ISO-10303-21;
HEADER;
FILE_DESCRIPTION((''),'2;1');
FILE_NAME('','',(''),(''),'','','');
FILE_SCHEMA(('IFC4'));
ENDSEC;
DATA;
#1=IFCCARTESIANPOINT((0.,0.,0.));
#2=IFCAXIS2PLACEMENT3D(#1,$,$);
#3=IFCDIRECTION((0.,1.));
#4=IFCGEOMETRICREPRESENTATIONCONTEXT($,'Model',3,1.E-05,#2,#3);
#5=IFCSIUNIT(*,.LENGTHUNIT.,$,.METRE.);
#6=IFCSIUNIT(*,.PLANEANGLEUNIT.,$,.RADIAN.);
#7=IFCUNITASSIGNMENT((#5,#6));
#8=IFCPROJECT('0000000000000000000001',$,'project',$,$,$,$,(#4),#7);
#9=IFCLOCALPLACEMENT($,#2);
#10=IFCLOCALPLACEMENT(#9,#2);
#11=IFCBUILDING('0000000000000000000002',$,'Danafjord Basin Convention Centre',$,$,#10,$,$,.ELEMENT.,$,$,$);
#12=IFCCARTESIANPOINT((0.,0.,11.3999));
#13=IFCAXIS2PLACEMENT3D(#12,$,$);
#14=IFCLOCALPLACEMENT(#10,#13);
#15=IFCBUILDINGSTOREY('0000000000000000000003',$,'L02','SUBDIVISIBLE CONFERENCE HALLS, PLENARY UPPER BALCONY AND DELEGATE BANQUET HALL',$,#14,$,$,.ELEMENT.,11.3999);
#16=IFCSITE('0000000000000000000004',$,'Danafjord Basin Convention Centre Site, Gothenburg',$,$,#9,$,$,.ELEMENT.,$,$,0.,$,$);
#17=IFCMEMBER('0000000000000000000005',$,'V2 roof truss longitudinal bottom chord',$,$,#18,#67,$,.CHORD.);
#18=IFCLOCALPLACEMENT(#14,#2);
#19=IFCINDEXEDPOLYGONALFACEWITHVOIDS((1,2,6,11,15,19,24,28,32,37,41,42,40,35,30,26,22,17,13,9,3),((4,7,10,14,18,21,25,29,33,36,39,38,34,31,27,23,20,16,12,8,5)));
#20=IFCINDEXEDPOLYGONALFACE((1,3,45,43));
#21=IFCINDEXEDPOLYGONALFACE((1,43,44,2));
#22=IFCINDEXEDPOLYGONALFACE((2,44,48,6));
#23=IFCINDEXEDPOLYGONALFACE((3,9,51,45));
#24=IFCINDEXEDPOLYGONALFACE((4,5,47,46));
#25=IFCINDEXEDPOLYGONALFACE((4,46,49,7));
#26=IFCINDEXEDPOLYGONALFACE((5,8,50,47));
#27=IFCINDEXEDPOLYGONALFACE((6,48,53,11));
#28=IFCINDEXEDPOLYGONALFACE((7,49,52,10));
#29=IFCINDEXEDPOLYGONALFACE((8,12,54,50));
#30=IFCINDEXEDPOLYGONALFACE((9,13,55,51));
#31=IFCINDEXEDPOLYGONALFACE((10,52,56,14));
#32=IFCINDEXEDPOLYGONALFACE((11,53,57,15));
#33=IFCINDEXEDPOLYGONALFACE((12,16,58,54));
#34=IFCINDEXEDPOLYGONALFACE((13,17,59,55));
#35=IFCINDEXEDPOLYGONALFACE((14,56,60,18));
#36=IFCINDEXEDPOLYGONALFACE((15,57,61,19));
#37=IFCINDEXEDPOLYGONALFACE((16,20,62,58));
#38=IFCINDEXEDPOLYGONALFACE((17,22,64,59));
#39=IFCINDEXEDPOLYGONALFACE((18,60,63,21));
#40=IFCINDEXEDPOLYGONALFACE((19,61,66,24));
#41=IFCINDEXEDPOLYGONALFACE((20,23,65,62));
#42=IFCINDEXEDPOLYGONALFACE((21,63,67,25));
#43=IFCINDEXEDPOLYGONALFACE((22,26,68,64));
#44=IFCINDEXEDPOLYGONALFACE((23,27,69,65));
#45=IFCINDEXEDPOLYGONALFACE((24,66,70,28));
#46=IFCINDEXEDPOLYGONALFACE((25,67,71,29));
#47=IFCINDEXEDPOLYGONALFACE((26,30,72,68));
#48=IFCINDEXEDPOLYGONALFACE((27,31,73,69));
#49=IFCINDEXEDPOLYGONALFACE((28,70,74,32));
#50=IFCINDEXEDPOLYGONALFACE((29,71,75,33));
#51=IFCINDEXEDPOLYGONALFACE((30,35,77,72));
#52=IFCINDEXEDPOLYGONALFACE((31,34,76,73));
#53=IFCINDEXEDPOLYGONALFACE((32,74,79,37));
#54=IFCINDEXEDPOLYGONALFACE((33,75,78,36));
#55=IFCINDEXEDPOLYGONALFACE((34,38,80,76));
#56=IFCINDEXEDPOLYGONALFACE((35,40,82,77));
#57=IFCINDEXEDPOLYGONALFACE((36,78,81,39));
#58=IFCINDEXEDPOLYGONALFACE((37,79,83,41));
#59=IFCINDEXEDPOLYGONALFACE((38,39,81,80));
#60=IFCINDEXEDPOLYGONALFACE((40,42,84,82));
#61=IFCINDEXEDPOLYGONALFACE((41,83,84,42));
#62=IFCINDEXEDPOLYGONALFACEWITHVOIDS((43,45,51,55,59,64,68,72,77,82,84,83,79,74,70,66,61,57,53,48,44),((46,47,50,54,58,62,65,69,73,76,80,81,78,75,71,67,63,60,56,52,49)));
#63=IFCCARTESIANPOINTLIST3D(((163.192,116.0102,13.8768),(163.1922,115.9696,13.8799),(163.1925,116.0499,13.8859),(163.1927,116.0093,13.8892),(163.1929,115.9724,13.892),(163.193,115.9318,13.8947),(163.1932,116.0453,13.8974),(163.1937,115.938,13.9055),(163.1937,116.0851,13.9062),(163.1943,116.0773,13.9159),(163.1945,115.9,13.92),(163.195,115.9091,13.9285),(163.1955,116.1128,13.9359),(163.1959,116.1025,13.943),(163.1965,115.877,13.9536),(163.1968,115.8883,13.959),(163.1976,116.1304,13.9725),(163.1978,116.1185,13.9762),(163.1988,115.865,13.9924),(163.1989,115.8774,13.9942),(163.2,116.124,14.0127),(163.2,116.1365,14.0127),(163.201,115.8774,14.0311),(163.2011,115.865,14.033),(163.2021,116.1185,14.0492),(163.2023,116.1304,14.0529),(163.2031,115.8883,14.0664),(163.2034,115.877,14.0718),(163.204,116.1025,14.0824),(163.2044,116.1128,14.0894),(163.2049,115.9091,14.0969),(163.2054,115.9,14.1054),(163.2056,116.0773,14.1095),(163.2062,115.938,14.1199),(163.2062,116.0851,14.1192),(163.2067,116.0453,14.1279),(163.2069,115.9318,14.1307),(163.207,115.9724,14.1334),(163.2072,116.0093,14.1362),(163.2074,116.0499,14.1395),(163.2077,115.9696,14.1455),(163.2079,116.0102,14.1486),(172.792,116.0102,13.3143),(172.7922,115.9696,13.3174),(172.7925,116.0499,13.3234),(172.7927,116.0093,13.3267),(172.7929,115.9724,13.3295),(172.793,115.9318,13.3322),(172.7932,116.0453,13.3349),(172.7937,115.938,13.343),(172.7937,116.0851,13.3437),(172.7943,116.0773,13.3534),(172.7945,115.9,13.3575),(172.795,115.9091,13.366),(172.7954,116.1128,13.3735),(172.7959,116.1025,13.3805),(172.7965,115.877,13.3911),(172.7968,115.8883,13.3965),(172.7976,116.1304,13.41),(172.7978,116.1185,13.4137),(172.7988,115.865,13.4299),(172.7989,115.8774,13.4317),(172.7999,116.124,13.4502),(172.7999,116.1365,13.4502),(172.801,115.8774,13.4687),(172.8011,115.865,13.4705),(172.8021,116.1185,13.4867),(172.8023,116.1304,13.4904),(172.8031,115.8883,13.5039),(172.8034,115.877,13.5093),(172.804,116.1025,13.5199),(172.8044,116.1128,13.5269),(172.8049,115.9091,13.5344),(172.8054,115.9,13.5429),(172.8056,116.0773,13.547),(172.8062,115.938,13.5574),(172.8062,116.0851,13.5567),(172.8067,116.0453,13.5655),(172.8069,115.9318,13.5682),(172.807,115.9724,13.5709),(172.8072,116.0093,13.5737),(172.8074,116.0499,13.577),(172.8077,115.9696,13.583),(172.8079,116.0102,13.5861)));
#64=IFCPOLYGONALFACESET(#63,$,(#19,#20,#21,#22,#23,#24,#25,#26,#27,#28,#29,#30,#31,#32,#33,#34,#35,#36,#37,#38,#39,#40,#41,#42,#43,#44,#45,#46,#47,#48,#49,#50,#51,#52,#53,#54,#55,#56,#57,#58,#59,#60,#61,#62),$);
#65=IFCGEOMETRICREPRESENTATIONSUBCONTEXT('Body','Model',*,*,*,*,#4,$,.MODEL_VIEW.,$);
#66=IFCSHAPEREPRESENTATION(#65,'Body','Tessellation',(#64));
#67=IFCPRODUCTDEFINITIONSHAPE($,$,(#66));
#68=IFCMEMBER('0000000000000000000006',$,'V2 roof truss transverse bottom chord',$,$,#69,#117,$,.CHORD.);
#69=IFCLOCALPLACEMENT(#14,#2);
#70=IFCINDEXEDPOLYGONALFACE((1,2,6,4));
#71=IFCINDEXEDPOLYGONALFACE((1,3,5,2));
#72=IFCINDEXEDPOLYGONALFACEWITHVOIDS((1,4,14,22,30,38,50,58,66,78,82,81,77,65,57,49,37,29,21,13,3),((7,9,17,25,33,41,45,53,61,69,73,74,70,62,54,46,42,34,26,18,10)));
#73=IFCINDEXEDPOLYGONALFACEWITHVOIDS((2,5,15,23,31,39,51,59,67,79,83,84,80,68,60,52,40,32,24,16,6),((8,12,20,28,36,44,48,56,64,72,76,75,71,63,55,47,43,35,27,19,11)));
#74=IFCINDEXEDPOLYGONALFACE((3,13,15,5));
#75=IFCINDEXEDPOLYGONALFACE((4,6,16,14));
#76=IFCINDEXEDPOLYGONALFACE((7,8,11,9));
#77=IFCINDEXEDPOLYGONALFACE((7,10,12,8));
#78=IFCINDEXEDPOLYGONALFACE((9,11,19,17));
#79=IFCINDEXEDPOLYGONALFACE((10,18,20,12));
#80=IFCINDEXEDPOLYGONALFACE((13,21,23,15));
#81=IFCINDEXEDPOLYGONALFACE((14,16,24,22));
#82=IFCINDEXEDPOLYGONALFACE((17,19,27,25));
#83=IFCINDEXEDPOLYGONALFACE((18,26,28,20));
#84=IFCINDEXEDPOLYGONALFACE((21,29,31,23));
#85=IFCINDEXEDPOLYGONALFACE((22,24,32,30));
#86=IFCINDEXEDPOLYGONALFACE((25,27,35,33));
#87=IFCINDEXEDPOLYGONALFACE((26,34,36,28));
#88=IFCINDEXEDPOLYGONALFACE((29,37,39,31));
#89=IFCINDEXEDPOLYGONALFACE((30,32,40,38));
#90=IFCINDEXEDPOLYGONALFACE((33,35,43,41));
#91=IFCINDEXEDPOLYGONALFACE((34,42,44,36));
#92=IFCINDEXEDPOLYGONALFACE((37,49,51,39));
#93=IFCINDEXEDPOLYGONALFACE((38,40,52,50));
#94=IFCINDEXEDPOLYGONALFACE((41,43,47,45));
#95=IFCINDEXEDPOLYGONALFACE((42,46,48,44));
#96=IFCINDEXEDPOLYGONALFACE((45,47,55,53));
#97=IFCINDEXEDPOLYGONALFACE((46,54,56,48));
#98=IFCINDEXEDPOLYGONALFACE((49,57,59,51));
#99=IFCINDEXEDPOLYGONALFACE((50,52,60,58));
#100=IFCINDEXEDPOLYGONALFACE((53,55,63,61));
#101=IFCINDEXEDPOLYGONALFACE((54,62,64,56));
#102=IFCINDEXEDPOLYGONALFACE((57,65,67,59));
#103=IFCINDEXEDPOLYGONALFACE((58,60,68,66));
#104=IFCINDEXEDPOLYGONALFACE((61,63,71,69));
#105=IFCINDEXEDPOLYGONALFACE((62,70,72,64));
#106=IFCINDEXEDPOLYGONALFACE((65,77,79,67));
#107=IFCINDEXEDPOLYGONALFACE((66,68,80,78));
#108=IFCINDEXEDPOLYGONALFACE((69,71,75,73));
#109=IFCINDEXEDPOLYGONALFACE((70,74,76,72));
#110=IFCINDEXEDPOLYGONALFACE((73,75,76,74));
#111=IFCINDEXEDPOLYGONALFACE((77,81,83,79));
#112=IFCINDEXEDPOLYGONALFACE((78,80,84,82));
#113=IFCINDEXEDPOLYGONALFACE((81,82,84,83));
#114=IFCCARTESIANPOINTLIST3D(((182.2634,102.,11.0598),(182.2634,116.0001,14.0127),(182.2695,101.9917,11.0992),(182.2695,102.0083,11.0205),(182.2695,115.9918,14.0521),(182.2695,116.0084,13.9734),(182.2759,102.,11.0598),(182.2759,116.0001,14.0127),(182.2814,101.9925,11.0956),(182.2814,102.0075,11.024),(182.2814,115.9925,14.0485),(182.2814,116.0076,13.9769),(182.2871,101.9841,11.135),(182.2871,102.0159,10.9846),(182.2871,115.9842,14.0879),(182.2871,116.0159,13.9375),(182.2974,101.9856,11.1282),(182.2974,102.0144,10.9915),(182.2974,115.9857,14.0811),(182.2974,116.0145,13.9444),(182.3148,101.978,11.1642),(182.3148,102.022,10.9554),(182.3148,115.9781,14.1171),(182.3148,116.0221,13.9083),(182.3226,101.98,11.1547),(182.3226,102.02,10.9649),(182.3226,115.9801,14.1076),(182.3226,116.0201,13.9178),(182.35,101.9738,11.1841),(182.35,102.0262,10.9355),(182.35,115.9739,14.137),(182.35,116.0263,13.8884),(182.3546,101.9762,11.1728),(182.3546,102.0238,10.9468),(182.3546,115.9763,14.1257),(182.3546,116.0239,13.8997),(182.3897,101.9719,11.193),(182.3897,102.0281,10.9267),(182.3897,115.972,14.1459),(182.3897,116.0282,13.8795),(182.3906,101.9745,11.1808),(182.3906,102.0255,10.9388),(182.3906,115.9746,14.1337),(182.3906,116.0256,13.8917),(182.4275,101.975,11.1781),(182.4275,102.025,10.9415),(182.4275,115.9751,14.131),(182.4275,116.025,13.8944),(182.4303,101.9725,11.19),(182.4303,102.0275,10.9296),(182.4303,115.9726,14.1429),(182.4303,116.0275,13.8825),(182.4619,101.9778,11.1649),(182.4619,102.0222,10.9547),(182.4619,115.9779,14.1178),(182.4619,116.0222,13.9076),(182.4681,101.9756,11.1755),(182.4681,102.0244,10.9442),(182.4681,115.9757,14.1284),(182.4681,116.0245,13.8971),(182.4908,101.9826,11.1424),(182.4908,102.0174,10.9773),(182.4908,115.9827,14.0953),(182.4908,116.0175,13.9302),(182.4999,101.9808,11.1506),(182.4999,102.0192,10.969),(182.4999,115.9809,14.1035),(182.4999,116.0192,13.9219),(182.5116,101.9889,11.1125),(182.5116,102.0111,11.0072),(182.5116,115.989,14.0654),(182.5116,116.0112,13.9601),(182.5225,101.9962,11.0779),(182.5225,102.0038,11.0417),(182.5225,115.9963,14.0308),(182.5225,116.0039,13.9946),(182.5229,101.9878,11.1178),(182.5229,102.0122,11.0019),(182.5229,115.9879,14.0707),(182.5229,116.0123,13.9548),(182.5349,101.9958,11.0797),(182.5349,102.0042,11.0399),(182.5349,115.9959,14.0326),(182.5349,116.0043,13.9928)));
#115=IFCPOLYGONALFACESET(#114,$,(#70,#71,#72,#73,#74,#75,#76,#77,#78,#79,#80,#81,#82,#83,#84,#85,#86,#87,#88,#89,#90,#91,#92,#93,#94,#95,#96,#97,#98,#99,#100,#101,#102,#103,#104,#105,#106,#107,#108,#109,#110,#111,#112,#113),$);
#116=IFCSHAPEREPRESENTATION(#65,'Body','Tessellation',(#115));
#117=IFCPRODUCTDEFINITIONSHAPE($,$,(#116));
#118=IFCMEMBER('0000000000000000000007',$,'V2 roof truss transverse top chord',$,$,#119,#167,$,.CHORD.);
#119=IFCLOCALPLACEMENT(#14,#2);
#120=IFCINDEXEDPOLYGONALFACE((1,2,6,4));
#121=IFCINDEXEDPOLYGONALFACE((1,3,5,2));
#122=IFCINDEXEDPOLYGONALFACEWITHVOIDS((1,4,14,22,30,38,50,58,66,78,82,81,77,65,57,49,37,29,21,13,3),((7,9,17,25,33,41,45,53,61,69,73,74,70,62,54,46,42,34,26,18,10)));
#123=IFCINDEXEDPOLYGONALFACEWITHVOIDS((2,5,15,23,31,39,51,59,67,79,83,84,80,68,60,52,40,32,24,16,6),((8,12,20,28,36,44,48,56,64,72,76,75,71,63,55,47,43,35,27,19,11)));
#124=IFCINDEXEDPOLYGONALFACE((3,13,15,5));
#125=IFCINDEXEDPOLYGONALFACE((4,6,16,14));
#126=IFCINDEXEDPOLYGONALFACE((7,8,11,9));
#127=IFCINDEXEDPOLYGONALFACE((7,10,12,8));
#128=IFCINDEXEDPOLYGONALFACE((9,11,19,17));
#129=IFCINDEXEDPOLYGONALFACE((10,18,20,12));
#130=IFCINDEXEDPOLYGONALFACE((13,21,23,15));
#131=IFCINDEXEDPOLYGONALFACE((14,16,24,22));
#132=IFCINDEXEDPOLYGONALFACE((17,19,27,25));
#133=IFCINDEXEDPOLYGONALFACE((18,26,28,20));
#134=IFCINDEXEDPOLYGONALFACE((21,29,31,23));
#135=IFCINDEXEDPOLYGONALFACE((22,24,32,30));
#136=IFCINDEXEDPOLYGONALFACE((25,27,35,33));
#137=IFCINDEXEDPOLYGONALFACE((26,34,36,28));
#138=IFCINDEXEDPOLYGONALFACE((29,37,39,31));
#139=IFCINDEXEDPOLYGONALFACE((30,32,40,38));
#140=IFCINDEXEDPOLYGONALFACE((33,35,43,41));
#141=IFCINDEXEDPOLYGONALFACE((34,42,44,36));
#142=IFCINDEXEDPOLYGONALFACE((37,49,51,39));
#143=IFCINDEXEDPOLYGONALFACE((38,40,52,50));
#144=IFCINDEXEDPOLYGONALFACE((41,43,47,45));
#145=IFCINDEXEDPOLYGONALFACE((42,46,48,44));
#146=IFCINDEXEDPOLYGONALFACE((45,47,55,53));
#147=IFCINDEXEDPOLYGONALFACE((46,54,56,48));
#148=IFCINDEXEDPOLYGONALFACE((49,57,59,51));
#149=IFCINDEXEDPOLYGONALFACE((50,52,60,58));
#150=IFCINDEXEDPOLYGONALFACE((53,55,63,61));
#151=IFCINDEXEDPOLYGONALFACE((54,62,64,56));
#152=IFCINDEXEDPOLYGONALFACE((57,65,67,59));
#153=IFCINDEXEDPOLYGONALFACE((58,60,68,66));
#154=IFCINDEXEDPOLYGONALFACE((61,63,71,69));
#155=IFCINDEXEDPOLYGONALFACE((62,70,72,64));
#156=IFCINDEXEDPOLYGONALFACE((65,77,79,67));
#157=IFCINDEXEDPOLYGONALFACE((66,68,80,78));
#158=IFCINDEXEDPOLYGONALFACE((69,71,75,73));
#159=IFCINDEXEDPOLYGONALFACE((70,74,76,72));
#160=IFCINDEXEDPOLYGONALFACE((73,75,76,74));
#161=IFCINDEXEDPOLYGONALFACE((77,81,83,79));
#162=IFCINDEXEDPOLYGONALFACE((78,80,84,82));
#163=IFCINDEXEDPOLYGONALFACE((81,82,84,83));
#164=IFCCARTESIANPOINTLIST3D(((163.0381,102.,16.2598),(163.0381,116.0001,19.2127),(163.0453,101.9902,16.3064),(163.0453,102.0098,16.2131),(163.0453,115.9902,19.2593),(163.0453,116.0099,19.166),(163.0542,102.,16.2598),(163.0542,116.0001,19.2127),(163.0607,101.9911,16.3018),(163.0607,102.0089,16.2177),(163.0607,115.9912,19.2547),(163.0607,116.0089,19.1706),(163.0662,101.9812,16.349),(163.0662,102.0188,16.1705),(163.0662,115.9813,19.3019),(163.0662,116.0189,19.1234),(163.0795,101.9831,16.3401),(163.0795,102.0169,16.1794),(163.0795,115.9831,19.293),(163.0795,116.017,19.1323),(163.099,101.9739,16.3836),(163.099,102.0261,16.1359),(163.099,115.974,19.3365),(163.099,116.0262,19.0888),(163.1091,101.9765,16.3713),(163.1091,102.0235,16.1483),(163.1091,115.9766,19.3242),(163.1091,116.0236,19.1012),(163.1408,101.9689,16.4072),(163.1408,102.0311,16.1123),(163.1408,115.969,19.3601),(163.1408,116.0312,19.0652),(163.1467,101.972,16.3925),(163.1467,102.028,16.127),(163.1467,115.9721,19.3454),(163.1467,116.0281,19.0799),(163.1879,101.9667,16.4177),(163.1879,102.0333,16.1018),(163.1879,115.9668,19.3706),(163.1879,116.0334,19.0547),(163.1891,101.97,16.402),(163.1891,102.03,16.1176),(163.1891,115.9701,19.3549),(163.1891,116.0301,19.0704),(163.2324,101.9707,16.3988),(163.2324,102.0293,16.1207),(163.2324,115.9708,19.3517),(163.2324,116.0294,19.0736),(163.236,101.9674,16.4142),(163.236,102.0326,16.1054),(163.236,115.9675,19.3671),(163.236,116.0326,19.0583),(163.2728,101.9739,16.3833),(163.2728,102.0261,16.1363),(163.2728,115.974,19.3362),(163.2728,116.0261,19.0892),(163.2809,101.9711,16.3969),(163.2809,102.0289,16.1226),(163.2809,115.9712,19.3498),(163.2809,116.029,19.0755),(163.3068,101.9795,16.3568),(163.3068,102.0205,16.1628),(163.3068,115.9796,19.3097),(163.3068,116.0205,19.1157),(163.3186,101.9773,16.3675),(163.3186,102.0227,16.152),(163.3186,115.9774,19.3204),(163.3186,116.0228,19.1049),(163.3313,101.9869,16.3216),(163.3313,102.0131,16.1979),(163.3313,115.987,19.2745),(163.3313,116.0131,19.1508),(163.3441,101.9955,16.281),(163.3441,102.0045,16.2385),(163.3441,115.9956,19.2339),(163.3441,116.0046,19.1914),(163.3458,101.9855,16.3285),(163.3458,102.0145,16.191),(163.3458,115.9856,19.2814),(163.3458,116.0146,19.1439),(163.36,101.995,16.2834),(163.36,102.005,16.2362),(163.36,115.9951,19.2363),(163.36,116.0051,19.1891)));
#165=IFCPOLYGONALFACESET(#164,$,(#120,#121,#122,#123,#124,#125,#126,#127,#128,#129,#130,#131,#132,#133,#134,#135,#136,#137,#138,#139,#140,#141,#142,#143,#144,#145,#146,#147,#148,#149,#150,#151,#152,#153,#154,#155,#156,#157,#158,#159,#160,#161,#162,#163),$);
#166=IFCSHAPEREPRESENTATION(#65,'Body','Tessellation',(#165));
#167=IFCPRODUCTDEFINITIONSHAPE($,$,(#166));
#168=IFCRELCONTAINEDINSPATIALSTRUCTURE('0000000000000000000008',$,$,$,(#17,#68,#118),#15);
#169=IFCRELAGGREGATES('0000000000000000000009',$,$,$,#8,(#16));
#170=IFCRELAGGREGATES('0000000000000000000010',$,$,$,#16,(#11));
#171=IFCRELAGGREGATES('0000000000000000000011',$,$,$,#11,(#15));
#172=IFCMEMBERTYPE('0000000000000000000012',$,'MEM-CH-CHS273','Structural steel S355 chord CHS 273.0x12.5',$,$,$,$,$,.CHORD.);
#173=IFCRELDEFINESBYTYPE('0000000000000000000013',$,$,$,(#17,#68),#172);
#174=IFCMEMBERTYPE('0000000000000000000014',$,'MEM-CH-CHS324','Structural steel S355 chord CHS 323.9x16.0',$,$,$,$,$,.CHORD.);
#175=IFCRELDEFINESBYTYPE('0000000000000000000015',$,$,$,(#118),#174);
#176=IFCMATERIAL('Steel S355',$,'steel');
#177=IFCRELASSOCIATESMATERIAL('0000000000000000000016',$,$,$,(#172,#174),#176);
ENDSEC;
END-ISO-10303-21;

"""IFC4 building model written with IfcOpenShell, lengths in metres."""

from ifc_helpers import new_model, si_unit, direction, frame, origin, origin_2d, place, context, subcontext, project, spatial, hollow_circle, extrude, material, material_profile, profile_set, type_object, element, save


model = new_model("IFC4")

# Units and contexts
model_context = context("Model", 3, precision=1e-05, world=origin(), true_north=direction((0.0, 1.0)))
body_context = subcontext(model_context, "Body", "Model", "MODEL_VIEW")
ifc_project = project(units=[si_unit("LENGTHUNIT", "METRE"), si_unit("PLANEANGLEUNIT", "RADIAN")], contexts=[model_context])

# Site, building, storey
site_placement = place(None, origin())
site = spatial("IfcSite", under=ifc_project, at=site_placement, Name="Danafjord Basin Convention Centre Site, Gothenburg", CompositionType="ELEMENT", RefElevation=0.0)
building_placement = place(site_placement, origin())
building = spatial("IfcBuilding", under=site, at=building_placement, Name="Danafjord Basin Convention Centre", CompositionType="ELEMENT")
storey_placement = place(building_placement, frame((0.0, 0.0, 11.3999)))
storey = spatial("IfcBuildingStorey", under=building, at=storey_placement, Name="L02", Description="SUBDIVISIBLE CONFERENCE HALLS, PLENARY UPPER BALCONY AND DELEGATE BANQUET HALL", CompositionType="ELEMENT", Elevation=11.3999)

# Members
ifc_material = material(Name="Steel S355", Category="steel")
ifc_material_profile_1 = material_profile(ifc_material, hollow_circle(Radius=0.1365, WallThickness=0.0125, at=origin_2d()), Name="CHS 273.0x12.5")
ifc_profile_set_1 = profile_set([ifc_material_profile_1], Name="Steel S355")
member_type_1 = type_object("IfcMemberType", Name="MEM-CH-CHS273", Description="Structural steel S355 chord CHS 273.0x12.5", PredefinedType="CHORD", material=ifc_profile_set_1)
member_1_placement = place(storey_placement, frame((163.2, 116.0, 14.0127), z_axis=(0.998288, 0.0, -0.058493), x_axis=(0.0, 1.0, 0.0)))
element("IfcMember", 1, at=member_1_placement, inside=storey, type_object=member_type_1, Name="V2 roof truss longitudinal bottom chord", PredefinedType="CHORD", context=body_context, shape_type="SweptSolid", body=[
    extrude(hollow_circle(Radius=0.1365, WallThickness=0.0125, at=origin_2d()), origin(), (0.0, 0.0, 1.0), 9.6165),
])
member_2_placement = place(storey_placement, frame((182.3999, 102.0, 11.0598), z_axis=(0.0, 0.978472, 0.206379), x_axis=(-1.0, 0.0, 0.0)))
element("IfcMember", 2, at=member_2_placement, inside=storey, type_object=member_type_1, Name="V2 roof truss transverse bottom chord", PredefinedType="CHORD", context=body_context, shape_type="SweptSolid", body=[
    extrude(hollow_circle(Radius=0.1365, WallThickness=0.0125, at=origin_2d()), origin(), (0.0, 0.0, 1.0), 14.3081),
])
ifc_material_profile_2 = material_profile(ifc_material, hollow_circle(Radius=0.1619, WallThickness=0.0161, at=origin_2d()), Name="CHS 323.9x16.0")
ifc_profile_set_2 = profile_set([ifc_material_profile_2], Name="Steel S355")
member_type_2 = type_object("IfcMemberType", Name="MEM-CH-CHS324", Description="Structural steel S355 chord CHS 323.9x16.0", PredefinedType="CHORD", material=ifc_profile_set_2)
member_3_placement = place(storey_placement, frame((163.2, 102.0, 16.2598), z_axis=(0.0, 0.978472, 0.206379), x_axis=(-1.0, 0.0, 0.0)))
element("IfcMember", 3, at=member_3_placement, inside=storey, type_object=member_type_2, Name="V2 roof truss transverse top chord", PredefinedType="CHORD", context=body_context, shape_type="SweptSolid", body=[
    extrude(hollow_circle(Radius=0.1619, WallThickness=0.0161, at=origin_2d()), origin(), (0.0, 0.0, 1.0), 14.3081),
])

save(model, "model.ifc")
